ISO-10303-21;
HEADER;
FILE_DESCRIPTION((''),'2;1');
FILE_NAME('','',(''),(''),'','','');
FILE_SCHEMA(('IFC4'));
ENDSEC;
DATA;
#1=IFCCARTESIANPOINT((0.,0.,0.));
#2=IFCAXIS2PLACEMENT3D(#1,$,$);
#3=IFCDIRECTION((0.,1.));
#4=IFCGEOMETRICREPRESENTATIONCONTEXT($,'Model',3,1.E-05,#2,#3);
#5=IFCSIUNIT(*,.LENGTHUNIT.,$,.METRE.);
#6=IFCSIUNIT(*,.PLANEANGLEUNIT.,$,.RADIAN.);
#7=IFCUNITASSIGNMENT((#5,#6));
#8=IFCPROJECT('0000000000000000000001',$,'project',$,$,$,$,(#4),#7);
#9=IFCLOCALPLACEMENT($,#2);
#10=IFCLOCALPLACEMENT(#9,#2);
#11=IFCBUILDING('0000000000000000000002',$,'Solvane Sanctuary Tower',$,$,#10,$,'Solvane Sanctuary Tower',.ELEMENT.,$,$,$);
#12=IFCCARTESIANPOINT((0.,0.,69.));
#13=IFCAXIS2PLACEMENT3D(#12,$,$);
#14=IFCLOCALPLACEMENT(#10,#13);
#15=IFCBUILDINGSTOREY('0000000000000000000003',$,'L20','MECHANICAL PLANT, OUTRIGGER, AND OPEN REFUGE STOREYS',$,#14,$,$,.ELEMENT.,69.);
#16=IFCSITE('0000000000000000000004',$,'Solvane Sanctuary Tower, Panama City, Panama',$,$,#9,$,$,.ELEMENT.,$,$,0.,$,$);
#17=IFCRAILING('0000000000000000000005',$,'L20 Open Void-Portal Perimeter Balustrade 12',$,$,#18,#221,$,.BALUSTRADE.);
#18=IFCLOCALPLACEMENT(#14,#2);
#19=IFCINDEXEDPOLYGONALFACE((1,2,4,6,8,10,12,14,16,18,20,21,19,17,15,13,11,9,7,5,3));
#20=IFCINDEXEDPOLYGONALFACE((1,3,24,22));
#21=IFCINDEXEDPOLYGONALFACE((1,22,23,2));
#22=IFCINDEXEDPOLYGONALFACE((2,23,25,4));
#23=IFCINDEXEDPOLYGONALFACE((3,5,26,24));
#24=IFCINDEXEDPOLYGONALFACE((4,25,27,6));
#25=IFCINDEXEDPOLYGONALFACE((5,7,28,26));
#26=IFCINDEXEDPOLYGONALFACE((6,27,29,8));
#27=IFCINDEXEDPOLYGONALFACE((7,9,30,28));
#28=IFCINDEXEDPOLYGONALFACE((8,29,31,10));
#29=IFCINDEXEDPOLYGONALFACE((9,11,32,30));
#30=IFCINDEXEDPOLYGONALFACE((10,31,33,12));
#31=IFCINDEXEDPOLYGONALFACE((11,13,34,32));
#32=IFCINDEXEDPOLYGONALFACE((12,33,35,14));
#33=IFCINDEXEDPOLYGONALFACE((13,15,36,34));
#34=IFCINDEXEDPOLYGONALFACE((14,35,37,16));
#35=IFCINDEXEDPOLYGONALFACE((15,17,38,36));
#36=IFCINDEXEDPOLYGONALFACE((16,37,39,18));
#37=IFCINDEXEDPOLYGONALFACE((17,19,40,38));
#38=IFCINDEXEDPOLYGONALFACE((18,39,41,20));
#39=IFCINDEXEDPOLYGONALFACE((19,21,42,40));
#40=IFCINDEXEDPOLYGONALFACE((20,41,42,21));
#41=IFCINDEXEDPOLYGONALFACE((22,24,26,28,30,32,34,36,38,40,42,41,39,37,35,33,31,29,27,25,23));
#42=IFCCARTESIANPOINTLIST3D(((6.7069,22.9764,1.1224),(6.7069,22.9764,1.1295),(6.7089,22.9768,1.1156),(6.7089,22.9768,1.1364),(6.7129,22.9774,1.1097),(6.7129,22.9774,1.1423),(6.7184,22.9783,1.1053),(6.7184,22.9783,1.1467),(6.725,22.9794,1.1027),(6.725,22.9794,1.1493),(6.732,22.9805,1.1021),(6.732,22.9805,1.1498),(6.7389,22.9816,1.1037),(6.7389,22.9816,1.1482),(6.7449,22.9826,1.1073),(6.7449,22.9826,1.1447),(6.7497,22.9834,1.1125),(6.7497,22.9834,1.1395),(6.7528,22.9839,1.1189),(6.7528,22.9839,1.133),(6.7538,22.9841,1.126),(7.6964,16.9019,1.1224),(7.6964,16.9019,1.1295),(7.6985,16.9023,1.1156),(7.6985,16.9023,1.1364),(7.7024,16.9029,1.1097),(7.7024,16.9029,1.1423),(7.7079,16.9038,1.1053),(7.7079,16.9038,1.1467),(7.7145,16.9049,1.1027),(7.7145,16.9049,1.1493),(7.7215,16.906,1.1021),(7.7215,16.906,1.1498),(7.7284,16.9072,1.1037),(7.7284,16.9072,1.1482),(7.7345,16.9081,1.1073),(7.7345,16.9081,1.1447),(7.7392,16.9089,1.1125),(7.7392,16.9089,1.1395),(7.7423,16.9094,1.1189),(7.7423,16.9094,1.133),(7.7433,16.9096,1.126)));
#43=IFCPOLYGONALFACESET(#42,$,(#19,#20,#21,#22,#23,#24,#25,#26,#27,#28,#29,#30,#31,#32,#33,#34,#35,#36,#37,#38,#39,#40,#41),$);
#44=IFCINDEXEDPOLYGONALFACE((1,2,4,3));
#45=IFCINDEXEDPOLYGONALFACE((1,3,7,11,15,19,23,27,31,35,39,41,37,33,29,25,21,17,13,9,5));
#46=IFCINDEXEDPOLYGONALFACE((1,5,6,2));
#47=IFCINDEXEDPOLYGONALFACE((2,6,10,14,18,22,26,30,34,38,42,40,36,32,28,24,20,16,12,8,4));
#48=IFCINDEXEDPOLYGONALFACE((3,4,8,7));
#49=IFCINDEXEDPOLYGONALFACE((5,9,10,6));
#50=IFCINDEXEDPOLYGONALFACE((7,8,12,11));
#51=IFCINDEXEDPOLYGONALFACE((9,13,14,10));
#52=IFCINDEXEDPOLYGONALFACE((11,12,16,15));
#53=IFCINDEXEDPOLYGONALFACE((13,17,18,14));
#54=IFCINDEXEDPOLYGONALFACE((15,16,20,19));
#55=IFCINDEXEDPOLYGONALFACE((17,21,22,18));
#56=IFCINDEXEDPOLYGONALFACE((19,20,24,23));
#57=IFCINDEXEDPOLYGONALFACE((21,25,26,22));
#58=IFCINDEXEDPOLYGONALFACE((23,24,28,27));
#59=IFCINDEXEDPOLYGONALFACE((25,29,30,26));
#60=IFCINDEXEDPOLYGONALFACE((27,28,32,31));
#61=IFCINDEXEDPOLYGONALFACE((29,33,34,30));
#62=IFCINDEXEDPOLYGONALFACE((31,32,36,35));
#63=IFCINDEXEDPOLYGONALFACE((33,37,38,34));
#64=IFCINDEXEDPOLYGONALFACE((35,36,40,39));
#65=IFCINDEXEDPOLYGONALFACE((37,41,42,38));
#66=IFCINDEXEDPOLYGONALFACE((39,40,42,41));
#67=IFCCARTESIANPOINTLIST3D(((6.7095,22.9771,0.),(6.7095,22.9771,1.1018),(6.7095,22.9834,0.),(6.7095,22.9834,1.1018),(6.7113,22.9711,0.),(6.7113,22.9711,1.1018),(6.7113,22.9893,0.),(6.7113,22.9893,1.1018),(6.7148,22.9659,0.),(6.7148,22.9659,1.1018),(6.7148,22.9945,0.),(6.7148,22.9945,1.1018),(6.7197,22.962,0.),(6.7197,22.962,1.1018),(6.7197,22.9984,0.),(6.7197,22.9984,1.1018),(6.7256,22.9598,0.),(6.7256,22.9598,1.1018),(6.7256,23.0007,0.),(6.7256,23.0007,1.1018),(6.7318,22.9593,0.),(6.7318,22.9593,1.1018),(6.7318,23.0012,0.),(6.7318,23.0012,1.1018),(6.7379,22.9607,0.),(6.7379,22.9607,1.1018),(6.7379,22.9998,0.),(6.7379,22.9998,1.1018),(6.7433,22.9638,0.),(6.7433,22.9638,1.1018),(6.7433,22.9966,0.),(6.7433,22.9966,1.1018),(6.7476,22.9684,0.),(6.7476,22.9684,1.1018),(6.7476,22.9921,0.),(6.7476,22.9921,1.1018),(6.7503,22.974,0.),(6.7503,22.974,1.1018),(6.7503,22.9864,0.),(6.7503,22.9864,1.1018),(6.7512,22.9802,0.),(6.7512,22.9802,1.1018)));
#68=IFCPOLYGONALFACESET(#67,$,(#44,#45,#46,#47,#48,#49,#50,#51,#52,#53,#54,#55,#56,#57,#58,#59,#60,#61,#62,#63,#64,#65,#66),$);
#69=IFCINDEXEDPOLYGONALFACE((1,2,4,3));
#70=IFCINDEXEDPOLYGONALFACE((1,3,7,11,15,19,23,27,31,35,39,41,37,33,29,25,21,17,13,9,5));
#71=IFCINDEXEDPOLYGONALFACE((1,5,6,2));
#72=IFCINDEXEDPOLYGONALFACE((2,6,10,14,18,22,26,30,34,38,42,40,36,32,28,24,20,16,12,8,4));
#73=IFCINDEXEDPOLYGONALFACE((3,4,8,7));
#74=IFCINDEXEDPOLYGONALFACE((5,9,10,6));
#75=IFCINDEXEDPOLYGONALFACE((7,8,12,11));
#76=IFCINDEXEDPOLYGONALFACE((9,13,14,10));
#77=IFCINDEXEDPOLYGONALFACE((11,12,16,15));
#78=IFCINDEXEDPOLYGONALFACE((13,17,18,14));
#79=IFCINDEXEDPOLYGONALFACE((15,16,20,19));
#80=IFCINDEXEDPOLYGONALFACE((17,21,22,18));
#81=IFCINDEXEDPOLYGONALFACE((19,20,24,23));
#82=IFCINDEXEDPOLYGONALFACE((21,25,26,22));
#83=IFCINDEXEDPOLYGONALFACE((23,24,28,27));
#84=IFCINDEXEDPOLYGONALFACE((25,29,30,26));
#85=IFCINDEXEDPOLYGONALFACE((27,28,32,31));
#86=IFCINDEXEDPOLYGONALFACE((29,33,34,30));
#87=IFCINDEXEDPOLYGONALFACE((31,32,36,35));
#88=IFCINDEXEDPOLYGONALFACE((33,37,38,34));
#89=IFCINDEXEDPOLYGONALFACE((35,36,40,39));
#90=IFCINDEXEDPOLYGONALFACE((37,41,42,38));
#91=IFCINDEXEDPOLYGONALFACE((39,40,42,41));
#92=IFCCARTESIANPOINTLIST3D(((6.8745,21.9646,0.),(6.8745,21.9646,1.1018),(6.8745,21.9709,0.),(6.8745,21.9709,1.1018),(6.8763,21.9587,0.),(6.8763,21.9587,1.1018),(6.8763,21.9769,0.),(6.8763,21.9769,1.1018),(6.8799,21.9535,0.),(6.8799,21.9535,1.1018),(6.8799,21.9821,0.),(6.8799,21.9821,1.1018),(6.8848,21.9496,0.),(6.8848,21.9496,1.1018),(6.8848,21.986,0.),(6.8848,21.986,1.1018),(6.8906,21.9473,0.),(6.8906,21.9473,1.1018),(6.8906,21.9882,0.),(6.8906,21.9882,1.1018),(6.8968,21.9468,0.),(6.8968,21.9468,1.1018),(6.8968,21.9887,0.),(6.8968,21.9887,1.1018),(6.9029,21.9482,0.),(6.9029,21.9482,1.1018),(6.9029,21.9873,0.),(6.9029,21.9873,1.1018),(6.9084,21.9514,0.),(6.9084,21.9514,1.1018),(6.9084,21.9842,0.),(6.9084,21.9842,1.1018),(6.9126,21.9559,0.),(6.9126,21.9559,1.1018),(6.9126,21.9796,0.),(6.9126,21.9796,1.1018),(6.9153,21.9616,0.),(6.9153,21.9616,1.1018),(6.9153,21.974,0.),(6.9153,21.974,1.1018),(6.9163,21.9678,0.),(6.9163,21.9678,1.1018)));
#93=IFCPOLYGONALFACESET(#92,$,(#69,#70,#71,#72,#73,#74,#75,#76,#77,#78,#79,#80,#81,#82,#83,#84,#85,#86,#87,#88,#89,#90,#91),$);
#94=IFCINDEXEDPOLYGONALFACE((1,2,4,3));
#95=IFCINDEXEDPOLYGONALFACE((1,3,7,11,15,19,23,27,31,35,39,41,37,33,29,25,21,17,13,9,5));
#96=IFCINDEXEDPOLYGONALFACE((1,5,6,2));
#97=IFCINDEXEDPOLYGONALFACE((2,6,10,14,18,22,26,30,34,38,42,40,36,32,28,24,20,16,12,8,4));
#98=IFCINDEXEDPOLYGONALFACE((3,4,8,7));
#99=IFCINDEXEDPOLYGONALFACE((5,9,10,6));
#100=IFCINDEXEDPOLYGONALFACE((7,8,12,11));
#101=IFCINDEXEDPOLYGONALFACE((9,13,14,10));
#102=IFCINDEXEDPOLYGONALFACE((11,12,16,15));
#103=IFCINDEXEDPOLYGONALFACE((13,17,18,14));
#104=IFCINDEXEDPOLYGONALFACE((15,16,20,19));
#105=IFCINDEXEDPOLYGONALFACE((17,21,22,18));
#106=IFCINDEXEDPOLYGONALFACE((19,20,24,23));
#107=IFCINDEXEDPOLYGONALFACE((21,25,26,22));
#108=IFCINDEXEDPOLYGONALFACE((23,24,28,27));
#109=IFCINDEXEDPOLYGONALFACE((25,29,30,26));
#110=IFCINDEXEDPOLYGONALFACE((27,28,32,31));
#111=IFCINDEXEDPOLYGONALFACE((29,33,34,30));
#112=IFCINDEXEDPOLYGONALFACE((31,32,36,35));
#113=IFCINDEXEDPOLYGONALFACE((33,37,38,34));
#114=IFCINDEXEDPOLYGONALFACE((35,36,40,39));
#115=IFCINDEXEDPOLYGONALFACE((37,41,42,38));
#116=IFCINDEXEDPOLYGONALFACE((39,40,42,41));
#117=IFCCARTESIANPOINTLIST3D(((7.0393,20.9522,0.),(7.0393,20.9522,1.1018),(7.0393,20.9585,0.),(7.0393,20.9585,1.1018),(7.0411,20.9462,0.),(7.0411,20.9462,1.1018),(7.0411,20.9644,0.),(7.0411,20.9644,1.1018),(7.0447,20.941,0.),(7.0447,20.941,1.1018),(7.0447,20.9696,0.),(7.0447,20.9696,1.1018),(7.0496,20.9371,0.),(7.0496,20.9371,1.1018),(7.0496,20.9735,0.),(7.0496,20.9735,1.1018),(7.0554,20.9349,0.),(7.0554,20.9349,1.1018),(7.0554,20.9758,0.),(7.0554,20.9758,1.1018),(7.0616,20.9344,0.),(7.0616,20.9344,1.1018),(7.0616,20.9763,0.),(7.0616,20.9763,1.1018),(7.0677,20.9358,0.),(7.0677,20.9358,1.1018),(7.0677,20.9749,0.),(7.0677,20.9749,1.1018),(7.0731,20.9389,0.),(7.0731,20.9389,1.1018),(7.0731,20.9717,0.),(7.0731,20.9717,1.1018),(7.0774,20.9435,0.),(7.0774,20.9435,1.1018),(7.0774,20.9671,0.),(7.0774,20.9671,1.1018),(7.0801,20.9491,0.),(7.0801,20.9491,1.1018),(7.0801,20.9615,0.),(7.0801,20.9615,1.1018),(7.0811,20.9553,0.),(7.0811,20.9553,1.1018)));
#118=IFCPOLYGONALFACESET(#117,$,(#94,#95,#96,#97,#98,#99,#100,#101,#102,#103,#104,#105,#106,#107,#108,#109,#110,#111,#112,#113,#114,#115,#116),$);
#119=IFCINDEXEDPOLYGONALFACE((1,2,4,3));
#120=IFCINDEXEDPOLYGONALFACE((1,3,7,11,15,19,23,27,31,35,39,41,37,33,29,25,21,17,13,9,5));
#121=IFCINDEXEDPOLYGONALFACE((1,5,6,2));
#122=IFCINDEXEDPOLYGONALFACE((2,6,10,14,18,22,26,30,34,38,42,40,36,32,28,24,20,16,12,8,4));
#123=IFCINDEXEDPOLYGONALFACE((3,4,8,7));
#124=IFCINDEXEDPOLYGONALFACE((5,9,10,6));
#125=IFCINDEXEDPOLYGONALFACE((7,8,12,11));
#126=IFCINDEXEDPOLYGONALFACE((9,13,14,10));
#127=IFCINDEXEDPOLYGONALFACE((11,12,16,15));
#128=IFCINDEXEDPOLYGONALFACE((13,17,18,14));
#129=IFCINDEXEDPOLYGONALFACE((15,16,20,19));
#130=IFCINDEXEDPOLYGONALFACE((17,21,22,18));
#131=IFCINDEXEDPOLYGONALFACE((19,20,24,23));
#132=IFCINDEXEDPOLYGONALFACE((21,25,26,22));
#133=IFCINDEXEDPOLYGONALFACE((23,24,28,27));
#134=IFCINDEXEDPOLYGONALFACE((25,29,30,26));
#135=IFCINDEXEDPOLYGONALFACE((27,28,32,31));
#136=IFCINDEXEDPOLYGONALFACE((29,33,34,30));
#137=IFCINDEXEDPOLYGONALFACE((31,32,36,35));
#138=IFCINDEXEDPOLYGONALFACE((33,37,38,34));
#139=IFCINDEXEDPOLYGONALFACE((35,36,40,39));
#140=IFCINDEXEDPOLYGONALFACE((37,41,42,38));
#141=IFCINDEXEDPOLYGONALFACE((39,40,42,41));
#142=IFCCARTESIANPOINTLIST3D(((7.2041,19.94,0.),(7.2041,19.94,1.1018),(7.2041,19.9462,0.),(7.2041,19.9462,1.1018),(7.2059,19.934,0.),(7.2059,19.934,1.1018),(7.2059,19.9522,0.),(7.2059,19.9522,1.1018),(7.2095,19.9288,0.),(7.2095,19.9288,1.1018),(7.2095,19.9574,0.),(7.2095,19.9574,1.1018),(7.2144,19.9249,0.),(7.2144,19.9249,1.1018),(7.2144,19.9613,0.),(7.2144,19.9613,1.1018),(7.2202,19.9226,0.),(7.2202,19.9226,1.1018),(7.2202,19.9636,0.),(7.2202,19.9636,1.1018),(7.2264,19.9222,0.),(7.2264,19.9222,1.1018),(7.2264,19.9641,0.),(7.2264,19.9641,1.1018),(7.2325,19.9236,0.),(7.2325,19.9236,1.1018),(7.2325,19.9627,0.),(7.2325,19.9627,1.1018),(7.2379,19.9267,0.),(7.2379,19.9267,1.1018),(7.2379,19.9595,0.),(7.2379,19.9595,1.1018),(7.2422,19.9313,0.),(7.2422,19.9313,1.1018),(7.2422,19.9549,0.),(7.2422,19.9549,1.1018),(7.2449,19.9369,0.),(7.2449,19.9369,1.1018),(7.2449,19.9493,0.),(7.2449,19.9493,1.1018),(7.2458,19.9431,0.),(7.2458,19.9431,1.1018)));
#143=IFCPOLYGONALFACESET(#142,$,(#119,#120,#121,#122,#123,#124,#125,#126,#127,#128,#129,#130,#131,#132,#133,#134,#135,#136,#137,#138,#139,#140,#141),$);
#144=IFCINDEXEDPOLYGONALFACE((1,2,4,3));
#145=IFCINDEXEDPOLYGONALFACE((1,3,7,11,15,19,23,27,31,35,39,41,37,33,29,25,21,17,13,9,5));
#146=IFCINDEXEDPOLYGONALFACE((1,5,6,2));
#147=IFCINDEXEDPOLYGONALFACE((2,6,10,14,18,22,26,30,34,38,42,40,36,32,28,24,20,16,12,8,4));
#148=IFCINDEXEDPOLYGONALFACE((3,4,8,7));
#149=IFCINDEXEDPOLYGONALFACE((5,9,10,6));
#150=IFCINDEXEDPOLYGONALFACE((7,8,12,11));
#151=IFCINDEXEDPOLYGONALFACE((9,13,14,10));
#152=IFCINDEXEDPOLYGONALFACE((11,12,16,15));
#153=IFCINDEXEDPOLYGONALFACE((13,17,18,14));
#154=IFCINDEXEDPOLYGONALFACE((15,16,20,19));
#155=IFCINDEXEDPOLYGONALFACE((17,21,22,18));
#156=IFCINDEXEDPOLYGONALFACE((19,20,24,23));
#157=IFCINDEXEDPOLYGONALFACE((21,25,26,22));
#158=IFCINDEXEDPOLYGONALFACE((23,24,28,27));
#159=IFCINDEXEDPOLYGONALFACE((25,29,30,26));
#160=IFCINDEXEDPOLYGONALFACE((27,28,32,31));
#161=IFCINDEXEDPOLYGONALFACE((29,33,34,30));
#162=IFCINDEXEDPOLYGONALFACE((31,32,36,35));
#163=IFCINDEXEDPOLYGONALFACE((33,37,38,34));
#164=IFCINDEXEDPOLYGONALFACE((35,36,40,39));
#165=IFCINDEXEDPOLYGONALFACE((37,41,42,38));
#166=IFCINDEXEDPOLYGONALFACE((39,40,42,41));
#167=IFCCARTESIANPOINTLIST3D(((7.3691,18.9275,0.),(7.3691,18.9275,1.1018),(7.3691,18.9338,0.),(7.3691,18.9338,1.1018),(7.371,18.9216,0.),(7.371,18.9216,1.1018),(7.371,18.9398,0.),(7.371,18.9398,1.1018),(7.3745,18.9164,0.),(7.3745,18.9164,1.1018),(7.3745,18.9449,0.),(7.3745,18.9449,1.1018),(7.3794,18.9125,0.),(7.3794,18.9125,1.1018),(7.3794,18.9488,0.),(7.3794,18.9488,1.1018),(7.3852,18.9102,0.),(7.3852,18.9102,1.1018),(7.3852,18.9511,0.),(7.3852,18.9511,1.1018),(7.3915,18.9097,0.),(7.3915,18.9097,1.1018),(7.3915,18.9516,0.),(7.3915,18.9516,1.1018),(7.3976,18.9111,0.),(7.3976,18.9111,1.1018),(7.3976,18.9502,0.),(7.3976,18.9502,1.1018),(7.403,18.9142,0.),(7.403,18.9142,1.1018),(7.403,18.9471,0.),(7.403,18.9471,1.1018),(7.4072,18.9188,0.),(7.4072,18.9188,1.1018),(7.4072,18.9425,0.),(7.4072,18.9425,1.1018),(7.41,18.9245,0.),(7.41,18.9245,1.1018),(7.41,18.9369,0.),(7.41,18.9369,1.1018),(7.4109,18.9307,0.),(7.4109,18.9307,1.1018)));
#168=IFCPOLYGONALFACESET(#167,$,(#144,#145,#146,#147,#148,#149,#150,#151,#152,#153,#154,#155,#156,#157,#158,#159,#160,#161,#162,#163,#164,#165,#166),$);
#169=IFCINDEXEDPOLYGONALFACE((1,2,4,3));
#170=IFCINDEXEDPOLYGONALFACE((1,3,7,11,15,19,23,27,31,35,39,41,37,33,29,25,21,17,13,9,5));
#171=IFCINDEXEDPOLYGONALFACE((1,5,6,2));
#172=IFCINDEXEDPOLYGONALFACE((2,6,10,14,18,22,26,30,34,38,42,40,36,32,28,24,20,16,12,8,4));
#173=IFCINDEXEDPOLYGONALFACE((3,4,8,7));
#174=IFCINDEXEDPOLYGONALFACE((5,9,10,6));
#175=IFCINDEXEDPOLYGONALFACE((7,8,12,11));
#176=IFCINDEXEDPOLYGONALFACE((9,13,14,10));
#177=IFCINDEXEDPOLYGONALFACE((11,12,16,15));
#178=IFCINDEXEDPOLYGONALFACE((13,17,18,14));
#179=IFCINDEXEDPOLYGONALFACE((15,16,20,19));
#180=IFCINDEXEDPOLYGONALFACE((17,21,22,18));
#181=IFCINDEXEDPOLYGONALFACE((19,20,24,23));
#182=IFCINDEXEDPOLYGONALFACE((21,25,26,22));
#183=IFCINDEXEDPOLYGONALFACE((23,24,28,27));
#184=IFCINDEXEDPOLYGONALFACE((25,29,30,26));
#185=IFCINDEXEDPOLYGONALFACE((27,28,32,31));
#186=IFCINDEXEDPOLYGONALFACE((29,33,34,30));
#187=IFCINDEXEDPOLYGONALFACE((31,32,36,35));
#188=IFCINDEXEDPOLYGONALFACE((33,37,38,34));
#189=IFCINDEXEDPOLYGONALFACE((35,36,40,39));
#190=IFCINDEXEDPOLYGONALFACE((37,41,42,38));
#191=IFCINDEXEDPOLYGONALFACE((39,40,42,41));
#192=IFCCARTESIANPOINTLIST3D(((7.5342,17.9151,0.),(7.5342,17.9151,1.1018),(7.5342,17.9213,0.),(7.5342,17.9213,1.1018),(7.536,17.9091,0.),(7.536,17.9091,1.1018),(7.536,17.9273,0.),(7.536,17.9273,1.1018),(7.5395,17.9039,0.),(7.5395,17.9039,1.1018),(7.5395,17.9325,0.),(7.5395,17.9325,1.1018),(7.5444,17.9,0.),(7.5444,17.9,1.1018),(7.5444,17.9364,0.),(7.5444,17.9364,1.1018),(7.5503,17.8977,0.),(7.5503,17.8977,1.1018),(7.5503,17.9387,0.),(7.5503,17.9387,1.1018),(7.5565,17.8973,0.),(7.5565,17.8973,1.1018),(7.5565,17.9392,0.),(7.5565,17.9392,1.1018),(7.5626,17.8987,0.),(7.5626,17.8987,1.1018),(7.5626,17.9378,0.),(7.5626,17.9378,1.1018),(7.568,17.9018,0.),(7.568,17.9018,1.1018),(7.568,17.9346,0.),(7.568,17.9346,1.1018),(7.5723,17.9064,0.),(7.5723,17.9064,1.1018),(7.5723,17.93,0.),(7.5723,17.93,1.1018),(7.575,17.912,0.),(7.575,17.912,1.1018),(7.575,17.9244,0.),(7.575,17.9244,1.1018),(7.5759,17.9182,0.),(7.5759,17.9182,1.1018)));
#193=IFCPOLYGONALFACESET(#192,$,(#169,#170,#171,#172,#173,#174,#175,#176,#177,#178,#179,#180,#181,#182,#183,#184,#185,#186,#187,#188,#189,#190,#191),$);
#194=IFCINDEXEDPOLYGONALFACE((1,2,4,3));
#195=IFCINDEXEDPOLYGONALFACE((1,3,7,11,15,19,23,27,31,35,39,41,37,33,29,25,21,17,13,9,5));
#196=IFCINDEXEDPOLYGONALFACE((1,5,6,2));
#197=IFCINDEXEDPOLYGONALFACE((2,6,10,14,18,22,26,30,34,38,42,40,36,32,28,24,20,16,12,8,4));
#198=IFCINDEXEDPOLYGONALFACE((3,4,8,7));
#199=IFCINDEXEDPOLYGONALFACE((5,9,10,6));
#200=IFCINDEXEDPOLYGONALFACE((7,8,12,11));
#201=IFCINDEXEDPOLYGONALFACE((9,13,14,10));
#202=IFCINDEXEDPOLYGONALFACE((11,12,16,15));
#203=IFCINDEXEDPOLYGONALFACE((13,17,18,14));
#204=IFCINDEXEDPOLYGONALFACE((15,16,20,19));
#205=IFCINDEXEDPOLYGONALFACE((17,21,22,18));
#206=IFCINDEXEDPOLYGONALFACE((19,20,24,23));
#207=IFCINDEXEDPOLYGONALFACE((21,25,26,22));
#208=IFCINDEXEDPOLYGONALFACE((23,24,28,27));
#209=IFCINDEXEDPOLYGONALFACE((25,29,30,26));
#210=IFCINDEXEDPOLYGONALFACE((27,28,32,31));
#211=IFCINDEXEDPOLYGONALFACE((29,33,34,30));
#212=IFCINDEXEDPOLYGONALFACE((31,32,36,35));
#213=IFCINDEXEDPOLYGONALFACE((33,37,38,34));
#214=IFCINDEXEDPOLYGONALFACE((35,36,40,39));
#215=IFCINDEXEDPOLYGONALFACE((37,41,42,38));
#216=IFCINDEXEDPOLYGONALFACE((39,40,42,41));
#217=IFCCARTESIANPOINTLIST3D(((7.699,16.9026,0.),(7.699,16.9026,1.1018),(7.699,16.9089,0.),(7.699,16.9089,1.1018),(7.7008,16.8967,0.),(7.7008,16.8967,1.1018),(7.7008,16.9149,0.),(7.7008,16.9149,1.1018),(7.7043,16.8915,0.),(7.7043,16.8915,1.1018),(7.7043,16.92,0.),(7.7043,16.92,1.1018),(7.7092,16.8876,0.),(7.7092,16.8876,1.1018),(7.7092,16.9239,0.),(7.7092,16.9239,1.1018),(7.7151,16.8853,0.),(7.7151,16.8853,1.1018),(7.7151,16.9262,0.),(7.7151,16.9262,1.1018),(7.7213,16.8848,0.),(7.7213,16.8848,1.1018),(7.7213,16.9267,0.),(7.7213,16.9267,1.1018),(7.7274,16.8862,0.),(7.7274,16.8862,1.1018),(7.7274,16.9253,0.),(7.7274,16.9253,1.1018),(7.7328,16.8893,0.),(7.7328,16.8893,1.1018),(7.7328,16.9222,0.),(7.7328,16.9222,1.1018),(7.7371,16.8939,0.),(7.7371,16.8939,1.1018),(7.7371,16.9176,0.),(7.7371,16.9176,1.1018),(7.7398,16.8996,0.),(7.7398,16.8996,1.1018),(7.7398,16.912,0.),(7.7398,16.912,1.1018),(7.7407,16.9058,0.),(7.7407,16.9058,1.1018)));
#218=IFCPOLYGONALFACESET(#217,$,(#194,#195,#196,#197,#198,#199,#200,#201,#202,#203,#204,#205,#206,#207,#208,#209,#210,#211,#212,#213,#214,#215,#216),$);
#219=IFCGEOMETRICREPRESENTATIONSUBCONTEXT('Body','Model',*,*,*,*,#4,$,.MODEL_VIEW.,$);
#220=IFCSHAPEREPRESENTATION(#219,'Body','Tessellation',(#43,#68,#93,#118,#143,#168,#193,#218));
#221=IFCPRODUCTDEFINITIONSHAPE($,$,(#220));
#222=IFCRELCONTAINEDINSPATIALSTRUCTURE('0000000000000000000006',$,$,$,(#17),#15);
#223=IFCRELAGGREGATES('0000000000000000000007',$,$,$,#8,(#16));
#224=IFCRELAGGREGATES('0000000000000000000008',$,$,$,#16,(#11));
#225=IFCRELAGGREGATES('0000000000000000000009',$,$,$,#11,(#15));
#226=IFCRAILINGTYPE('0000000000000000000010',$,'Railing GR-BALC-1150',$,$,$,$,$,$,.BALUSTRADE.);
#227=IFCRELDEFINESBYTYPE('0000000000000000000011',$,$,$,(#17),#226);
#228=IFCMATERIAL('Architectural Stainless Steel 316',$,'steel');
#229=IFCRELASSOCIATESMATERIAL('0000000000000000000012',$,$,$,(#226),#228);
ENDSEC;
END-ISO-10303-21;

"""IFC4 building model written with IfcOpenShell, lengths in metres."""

from ifc_helpers import new_model, si_unit, direction, frame, origin, origin_2d, place, context, subcontext, project, spatial, circle, extrude, material, type_object, element, save


model = new_model("IFC4")

# Units and contexts
model_context = context("Model", 3, precision=1e-05, world=origin(), true_north=direction((0.0, 1.0)))
body_context = subcontext(model_context, "Body", "Model", "MODEL_VIEW")
ifc_project = project(units=[si_unit("LENGTHUNIT", "METRE"), si_unit("PLANEANGLEUNIT", "RADIAN")], contexts=[model_context])

# Site, building, storey
site_placement = place(None, origin())
site = spatial("IfcSite", under=ifc_project, at=site_placement, Name="Solvane Sanctuary Tower, Panama City, Panama", CompositionType="ELEMENT", RefElevation=0.0)
building_placement = place(site_placement, origin())
building = spatial("IfcBuilding", under=site, at=building_placement, Name="Solvane Sanctuary Tower", LongName="Solvane Sanctuary Tower", CompositionType="ELEMENT")
storey_placement = place(building_placement, frame((0.0, 0.0, 69.0)))
storey = spatial("IfcBuildingStorey", under=building, at=storey_placement, Name="L20", Description="MECHANICAL PLANT, OUTRIGGER, AND OPEN REFUGE STOREYS", CompositionType="ELEMENT", Elevation=69.0)

# Shared definitions
ifc_material_1 = material(Name="Architectural Stainless Steel 316", Category="steel")

# Railing
railing_type_1 = type_object("IfcRailingType", Name="Railing GR-BALC-1150", PredefinedType="BALUSTRADE", material=ifc_material_1)
railing_1_placement = place(storey_placement, frame((6.7302, 22.9802, 0.0)))
element("IfcRailing", 1, at=railing_1_placement, inside=storey, type_object=railing_type_1, Name="L20 Open Void-Portal Perimeter Balustrade 12", PredefinedType="BALUSTRADE", context=body_context, shape_type="SweptSolid", body=[
    extrude(circle(Radius=0.0239, at=origin_2d()), frame((0.0, 0.0, 1.126), z_axis=(0.160776, -0.986991, 0.0), x_axis=(0.986991, 0.160776, 0.0)), (0.0, 0.0, 1.0), 6.1545),
    extrude(circle(Radius=0.021, at=origin_2d()), origin(), (0.0, 0.0, 1.0), 1.1018),
    extrude(circle(Radius=0.021, at=origin_2d()), frame((0.165, -1.0125, 0.0)), (0.0, 0.0, 1.0), 1.1018),
    extrude(circle(Radius=0.021, at=origin_2d()), frame((0.3298, -2.0249, 0.0)), (0.0, 0.0, 1.0), 1.1018),
    extrude(circle(Radius=0.021, at=origin_2d()), frame((0.4946, -3.0371, 0.0)), (0.0, 0.0, 1.0), 1.1018),
    extrude(circle(Radius=0.021, at=origin_2d()), frame((0.6597, -4.0496, 0.0)), (0.0, 0.0, 1.0), 1.1018),
    extrude(circle(Radius=0.021, at=origin_2d()), frame((0.8247, -5.062, 0.0)), (0.0, 0.0, 1.0), 1.1018),
    extrude(circle(Radius=0.021, at=origin_2d()), frame((0.9895, -6.0745, 0.0)), (0.0, 0.0, 1.0), 1.1018),
])

save(model, "model.ifc")
